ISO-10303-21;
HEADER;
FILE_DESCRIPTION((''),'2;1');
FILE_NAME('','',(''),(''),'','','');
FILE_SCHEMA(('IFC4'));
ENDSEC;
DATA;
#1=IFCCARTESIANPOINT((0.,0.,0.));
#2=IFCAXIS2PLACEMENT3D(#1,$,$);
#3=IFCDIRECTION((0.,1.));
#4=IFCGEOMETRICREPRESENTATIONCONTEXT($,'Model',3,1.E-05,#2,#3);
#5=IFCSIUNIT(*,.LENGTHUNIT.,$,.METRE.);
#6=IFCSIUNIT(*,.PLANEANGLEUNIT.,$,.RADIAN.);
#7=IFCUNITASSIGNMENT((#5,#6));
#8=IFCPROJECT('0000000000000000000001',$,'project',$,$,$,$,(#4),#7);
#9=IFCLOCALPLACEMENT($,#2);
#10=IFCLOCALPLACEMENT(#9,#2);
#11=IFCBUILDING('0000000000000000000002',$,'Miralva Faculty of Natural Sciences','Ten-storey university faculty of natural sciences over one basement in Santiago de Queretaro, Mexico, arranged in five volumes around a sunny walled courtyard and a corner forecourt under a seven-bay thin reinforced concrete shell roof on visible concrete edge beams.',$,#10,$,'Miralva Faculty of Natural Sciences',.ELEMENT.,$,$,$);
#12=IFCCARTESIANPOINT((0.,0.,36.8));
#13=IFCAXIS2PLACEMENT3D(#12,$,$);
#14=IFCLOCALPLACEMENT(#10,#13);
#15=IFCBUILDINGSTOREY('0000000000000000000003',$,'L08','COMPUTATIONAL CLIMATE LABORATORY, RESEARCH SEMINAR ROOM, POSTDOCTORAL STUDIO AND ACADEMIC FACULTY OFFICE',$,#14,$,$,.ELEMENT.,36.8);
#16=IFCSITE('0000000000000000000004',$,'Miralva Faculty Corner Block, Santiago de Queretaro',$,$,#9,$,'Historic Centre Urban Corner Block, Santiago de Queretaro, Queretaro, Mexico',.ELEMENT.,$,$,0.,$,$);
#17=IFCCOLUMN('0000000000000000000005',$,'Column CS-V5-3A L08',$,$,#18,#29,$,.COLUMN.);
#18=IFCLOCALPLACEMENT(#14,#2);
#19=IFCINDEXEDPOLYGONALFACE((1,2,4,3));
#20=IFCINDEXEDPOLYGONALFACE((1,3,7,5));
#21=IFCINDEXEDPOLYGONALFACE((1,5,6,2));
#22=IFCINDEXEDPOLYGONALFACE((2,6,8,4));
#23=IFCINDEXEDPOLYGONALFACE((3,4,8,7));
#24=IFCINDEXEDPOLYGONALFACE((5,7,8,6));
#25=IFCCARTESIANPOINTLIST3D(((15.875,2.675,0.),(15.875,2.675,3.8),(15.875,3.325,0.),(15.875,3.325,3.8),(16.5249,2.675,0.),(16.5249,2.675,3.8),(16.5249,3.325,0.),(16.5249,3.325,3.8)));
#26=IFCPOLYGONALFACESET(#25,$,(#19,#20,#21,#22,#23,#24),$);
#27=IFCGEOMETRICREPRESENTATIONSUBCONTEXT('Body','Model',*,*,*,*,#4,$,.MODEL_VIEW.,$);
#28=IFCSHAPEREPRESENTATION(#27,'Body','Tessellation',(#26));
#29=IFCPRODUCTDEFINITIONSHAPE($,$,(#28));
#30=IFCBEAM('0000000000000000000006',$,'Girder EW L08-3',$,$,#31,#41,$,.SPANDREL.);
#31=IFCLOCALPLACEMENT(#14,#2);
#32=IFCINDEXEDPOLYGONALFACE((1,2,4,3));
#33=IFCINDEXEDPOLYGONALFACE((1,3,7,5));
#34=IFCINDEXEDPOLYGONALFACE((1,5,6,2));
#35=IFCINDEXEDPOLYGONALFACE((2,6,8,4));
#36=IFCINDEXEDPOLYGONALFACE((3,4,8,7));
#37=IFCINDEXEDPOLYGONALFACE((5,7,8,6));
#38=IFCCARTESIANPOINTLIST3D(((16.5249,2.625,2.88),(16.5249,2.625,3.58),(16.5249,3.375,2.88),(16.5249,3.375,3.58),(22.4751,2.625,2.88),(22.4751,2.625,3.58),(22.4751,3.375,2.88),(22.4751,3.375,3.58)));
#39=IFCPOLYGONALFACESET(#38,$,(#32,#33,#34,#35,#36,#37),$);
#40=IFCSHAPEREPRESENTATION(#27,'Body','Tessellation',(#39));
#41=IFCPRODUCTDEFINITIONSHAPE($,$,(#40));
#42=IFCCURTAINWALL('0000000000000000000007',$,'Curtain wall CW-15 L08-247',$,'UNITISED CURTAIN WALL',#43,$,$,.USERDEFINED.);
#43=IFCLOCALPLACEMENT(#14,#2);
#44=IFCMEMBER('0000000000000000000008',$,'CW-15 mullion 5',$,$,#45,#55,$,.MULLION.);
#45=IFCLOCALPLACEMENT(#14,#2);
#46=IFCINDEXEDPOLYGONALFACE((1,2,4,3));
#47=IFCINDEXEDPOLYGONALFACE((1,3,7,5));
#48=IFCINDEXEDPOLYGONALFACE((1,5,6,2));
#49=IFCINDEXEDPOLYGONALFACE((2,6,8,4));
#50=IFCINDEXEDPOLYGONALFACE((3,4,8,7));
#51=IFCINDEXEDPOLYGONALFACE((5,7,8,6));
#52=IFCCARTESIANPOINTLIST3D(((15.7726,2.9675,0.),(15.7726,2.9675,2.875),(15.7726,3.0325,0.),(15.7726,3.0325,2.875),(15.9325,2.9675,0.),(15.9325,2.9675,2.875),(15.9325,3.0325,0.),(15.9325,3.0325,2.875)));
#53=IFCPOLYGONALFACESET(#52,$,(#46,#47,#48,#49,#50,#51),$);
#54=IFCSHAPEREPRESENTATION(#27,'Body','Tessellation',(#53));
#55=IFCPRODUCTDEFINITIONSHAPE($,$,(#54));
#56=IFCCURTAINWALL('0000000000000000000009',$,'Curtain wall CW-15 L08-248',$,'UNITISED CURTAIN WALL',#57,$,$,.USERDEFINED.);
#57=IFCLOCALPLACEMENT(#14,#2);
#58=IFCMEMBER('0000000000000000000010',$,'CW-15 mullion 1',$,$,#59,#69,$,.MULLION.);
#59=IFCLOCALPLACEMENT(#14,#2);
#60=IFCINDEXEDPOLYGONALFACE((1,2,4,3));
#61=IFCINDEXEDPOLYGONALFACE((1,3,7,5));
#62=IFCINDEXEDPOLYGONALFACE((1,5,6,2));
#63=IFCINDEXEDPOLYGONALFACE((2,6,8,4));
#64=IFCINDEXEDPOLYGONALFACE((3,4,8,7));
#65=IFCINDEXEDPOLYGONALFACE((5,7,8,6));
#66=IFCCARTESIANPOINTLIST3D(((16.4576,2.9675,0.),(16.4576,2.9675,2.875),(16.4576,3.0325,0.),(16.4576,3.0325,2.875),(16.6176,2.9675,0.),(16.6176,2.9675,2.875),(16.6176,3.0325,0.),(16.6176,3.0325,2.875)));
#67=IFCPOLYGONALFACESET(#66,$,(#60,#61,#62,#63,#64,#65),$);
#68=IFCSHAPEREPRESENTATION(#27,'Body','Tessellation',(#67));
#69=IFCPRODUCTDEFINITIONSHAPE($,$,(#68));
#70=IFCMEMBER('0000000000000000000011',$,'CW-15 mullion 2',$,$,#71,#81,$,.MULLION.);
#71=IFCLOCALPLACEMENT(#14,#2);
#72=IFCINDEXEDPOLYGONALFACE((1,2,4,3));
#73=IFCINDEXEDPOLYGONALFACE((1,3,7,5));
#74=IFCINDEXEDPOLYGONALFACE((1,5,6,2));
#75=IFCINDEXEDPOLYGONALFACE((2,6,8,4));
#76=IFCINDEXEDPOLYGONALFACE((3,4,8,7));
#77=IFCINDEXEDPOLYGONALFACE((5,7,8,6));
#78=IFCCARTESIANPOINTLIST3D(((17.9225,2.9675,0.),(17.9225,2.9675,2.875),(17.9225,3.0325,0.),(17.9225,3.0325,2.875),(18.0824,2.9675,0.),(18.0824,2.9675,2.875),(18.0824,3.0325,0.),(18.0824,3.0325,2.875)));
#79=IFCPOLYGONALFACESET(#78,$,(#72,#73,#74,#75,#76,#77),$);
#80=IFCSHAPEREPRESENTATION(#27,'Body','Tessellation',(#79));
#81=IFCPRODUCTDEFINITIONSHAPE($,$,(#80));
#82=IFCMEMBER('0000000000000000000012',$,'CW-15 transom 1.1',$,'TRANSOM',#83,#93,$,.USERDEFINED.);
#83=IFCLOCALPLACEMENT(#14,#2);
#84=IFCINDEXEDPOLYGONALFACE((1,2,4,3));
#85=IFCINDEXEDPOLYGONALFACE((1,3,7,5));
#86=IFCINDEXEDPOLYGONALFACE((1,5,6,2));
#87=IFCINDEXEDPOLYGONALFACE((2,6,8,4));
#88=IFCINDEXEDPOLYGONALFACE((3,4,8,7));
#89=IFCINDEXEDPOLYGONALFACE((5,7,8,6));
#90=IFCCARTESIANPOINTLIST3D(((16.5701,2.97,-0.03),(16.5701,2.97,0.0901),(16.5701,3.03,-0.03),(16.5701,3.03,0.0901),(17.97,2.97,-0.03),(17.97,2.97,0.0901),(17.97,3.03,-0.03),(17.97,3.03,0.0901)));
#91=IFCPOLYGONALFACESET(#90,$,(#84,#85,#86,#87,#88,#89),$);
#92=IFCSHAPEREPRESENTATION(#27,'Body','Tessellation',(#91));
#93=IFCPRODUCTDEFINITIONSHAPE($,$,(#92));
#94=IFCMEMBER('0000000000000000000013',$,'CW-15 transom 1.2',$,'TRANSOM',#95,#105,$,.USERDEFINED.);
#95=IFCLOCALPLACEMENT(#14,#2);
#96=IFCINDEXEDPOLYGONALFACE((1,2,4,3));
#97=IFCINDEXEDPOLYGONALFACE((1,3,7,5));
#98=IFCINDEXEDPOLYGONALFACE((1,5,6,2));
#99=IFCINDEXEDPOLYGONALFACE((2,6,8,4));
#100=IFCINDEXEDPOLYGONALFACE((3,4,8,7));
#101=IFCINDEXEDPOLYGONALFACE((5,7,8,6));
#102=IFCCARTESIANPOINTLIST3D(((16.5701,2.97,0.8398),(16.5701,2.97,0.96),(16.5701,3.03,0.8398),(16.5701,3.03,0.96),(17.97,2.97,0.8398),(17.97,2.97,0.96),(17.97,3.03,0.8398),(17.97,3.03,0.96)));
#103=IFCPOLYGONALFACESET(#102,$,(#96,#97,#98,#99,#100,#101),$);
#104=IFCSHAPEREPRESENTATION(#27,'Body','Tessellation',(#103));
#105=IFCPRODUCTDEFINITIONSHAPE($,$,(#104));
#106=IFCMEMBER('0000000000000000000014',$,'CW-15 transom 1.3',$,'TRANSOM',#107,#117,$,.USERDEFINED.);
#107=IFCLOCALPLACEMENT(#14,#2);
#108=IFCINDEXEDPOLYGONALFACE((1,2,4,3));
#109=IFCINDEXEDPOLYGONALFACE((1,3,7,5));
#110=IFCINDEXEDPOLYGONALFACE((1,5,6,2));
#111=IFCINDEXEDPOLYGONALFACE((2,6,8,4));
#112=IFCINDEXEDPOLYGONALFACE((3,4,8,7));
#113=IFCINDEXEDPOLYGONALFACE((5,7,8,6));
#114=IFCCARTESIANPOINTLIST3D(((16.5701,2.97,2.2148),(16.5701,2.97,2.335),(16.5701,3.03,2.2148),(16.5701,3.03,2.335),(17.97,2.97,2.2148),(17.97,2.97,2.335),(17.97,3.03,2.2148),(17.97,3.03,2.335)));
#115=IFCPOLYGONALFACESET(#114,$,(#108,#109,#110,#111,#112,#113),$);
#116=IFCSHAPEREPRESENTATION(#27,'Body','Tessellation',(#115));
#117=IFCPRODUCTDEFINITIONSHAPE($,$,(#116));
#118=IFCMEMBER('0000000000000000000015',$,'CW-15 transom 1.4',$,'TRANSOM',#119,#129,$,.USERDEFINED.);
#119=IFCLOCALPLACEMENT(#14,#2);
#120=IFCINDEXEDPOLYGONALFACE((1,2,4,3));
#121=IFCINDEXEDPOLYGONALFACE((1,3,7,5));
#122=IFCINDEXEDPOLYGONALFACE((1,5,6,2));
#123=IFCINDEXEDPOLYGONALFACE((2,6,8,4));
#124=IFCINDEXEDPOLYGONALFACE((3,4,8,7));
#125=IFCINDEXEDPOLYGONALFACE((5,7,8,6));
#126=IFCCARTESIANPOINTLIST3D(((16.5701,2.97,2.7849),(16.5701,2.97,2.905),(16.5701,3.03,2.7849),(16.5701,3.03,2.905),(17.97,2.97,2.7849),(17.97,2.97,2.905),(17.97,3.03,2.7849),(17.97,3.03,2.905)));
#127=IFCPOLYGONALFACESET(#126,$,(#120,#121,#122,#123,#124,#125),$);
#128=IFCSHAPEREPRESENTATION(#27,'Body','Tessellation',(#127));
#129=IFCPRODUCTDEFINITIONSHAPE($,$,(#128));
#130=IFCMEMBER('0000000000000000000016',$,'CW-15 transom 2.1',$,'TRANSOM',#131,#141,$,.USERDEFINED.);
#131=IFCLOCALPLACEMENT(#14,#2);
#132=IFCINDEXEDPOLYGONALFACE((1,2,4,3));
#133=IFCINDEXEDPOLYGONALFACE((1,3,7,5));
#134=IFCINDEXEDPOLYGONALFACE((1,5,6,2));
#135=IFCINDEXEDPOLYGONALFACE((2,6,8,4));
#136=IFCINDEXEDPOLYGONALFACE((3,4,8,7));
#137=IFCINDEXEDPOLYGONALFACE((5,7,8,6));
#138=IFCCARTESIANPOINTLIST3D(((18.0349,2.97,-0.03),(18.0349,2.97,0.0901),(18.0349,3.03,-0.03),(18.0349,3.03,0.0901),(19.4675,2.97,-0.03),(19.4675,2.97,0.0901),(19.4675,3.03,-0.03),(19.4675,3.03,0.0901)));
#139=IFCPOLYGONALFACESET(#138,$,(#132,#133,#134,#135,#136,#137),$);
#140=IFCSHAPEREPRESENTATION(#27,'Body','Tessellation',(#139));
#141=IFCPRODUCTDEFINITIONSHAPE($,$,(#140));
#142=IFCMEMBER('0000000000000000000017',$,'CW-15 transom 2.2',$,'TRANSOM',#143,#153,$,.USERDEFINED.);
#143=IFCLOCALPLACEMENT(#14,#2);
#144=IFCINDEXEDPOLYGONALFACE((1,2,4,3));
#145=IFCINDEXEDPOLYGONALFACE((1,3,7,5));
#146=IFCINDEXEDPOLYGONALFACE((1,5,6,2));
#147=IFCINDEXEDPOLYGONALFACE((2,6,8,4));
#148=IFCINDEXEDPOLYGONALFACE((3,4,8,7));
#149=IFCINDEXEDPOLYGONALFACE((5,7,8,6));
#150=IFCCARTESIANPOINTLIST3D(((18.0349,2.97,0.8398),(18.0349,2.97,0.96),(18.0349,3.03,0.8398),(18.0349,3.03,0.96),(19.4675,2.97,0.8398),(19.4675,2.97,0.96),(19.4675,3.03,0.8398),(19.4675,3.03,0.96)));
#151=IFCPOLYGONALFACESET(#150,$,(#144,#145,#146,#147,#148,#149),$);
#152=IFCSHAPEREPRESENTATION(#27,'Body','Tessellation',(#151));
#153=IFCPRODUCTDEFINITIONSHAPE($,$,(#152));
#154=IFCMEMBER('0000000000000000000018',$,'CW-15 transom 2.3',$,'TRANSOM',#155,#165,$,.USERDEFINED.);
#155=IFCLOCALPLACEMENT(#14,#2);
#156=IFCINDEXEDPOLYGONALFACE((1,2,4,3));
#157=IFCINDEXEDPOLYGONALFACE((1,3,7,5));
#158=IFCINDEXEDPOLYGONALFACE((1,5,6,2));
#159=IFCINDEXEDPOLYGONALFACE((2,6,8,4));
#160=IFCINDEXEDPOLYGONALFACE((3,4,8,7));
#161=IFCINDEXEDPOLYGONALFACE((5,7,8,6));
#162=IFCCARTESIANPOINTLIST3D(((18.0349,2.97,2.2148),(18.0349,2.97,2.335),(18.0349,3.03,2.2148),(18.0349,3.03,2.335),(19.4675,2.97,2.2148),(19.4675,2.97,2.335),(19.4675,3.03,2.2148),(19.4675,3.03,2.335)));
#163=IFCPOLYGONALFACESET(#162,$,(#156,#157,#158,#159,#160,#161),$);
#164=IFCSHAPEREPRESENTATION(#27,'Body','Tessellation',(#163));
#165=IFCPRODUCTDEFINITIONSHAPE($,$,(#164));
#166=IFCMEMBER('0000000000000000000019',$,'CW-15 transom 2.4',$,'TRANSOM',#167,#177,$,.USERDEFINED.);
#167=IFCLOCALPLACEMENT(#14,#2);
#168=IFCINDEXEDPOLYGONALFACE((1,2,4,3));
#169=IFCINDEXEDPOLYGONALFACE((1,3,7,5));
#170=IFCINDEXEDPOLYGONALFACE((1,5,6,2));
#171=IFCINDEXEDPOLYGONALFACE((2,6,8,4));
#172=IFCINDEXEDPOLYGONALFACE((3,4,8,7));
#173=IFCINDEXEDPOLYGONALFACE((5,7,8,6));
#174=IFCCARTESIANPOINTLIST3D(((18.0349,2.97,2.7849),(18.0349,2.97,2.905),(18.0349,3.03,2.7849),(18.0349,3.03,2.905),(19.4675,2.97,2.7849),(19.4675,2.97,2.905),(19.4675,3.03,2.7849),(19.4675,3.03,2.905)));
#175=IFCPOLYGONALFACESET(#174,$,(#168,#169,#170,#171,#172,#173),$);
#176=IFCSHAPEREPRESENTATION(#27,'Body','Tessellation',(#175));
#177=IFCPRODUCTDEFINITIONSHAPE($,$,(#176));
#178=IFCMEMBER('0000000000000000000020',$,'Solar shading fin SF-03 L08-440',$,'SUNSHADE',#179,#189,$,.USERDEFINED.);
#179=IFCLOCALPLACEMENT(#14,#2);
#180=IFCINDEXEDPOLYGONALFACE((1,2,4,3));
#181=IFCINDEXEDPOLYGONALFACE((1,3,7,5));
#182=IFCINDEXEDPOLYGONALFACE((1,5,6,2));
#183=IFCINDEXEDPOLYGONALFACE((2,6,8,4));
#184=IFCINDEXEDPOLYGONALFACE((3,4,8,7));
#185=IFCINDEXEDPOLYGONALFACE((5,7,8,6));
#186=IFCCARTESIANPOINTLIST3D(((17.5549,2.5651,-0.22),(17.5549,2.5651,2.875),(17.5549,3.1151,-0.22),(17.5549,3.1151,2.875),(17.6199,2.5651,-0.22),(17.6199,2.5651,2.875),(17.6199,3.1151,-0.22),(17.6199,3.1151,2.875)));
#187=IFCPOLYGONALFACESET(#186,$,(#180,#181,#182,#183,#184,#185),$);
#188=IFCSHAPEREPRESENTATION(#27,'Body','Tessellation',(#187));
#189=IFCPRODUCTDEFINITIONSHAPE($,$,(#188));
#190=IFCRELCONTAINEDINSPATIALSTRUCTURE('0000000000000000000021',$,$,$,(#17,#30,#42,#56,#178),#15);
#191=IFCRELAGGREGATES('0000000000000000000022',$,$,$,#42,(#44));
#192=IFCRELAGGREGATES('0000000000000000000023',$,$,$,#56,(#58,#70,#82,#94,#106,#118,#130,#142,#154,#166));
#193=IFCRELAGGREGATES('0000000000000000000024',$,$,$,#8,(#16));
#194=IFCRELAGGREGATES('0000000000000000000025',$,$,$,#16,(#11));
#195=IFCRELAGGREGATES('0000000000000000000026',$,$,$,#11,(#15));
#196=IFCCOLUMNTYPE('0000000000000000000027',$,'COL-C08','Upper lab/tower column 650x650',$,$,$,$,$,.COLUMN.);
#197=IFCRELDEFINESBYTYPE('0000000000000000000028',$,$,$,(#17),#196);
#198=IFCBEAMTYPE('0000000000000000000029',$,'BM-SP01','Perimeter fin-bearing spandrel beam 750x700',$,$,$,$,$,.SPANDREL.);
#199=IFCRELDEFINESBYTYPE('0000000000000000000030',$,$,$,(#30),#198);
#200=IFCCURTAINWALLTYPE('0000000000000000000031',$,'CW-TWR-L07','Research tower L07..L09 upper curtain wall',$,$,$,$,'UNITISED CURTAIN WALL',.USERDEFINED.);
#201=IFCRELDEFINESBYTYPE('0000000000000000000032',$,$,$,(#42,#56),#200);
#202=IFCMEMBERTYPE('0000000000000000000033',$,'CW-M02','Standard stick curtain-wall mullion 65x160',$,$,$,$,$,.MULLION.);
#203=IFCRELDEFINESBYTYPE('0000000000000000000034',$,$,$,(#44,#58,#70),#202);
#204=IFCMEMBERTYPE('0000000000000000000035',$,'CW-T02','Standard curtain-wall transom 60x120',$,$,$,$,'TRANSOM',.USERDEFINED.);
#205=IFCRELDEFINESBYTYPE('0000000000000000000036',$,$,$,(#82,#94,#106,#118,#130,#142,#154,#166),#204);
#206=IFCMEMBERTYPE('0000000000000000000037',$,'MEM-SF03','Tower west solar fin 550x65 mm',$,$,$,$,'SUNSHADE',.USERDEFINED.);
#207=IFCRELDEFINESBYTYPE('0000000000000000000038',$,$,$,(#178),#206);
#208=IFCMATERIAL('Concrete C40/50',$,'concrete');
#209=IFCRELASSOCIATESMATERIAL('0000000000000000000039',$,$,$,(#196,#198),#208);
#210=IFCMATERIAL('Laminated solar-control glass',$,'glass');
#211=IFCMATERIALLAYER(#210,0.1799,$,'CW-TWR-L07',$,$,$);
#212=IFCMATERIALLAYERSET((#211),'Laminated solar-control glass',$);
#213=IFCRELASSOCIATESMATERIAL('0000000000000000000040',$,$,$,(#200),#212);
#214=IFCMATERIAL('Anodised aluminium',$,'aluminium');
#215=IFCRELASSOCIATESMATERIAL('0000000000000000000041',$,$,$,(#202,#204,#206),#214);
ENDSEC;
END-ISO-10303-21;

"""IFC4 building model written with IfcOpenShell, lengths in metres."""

from ifc_helpers import new_model, si_unit, direction, frame, origin, origin_2d, place, context, subcontext, project, spatial, rectangle, extrude, material, layer, layer_set, material_profile, profile_set, type_object, element, aggregate, save


model = new_model("IFC4")

# Units and contexts
model_context = context("Model", 3, precision=1e-05, world=origin(), true_north=direction((0.0, 1.0)))
body_context = subcontext(model_context, "Body", "Model", "MODEL_VIEW")
ifc_project = project(units=[si_unit("LENGTHUNIT", "METRE"), si_unit("PLANEANGLEUNIT", "RADIAN")], contexts=[model_context])

# Site, building, storey
site_placement = place(None, origin())
site = spatial("IfcSite", under=ifc_project, at=site_placement, Name="Miralva Faculty Corner Block, Santiago de Queretaro", LongName="Historic Centre Urban Corner Block, Santiago de Queretaro, Queretaro, Mexico", CompositionType="ELEMENT", RefElevation=0.0)
building_placement = place(site_placement, origin())
building = spatial("IfcBuilding", under=site, at=building_placement, Name="Miralva Faculty of Natural Sciences", Description="Ten-storey university faculty of natural sciences over one basement in Santiago de Queretaro, Mexico, arranged in five volumes around a sunny walled courtyard and a corner forecourt under a seven-bay thin reinforced concrete shell roof on visible concrete edge beams.", LongName="Miralva Faculty of Natural Sciences", CompositionType="ELEMENT")
storey_placement = place(building_placement, frame((0.0, 0.0, 36.8)))
storey = spatial("IfcBuildingStorey", under=building, at=storey_placement, Name="L08", Description="COMPUTATIONAL CLIMATE LABORATORY, RESEARCH SEMINAR ROOM, POSTDOCTORAL STUDIO AND ACADEMIC FACULTY OFFICE", CompositionType="ELEMENT", Elevation=36.8)

# Column
ifc_material_1 = material(Name="Concrete C40/50", Category="concrete")
ifc_material_profile_1 = material_profile(ifc_material_1, rectangle(XDim=0.6499, YDim=0.6499, at=origin_2d()), Name="RC 650x650")
ifc_profile_set_1 = profile_set([ifc_material_profile_1], Name="Concrete C40/50")
column_type = type_object("IfcColumnType", Name="COL-C08", Description="Upper lab/tower column 650x650", PredefinedType="COLUMN", material=ifc_profile_set_1)
column_placement = place(storey_placement, frame((16.2, 3.0, 0.0), z_axis=(0.0, 0.0, 1.0), x_axis=(1.0, 0.0, 0.0)))
element("IfcColumn", 1, at=column_placement, inside=storey, type_object=column_type, Name="Column CS-V5-3A L08", PredefinedType="COLUMN", context=body_context, shape_type="SweptSolid", body=[
    extrude(rectangle(XDim=0.6499, YDim=0.6499, at=origin_2d()), origin(), (0.0, 0.0, 1.0), 3.8),
])

# Beam
ifc_material_profile_2 = material_profile(ifc_material_1, rectangle(XDim=0.75, YDim=0.7, at=origin_2d()), Name="RC 750x700")
ifc_profile_set_2 = profile_set([ifc_material_profile_2], Name="Concrete C40/50")
beam_type = type_object("IfcBeamType", Name="BM-SP01", Description="Perimeter fin-bearing spandrel beam 750x700", PredefinedType="SPANDREL", material=ifc_profile_set_2)
beam_placement = place(storey_placement, frame((16.5249, 3.0, 3.23), z_axis=(1.0, 0.0, 0.0), x_axis=(0.0, 1.0, 0.0)))
element("IfcBeam", 2, at=beam_placement, inside=storey, type_object=beam_type, Name="Girder EW L08-3", PredefinedType="SPANDREL", context=body_context, shape_type="SweptSolid", body=[
    extrude(rectangle(XDim=0.75, YDim=0.7, at=origin_2d()), origin(), (0.0, 0.0, 1.0), 5.9502),
])

# Curtain wall, member
ifc_material_2 = material(Name="Laminated solar-control glass", Category="glass")
ifc_layer_1 = layer(ifc_material_2, 0.1799, Name="CW-TWR-L07")
ifc_layer_set_1 = layer_set([ifc_layer_1], Name="Laminated solar-control glass")
curtain_wall_type = type_object("IfcCurtainWallType", Name="CW-TWR-L07", Description="Research tower L07..L09 upper curtain wall", ElementType="UNITISED CURTAIN WALL", PredefinedType="USERDEFINED", material=ifc_layer_set_1)
curtain_wall_1_placement = place(storey_placement, origin())
curtain_wall_1 = element("IfcCurtainWall", 3, at=curtain_wall_1_placement, inside=storey, type_object=curtain_wall_type, Name="Curtain wall CW-15 L08-247", ObjectType="UNITISED CURTAIN WALL", PredefinedType="USERDEFINED")
ifc_material_3 = material(Name="Anodised aluminium", Category="aluminium")
ifc_material_profile_3 = material_profile(ifc_material_3, rectangle(XDim=0.0649, YDim=0.1599, at=origin_2d()), Name="MULLION 65x160")
ifc_profile_set_3 = profile_set([ifc_material_profile_3], Name="Anodised aluminium")
member_type_1 = type_object("IfcMemberType", Name="CW-M02", Description="Standard stick curtain-wall mullion 65x160", PredefinedType="MULLION", material=ifc_profile_set_3)
member_1_placement = place(storey_placement, frame((15.8525, 3.0, 0.0), z_axis=(0.0, 0.0, 1.0), x_axis=(0.0, 1.0, 0.0)))
member_1 = element("IfcMember", 4, at=member_1_placement, type_object=member_type_1, Name="CW-15 mullion 5", PredefinedType="MULLION", context=body_context, shape_type="SweptSolid", body=[
    extrude(rectangle(XDim=0.0649, YDim=0.1599, at=origin_2d()), origin(), (0.0, 0.0, 1.0), 2.875),
])

# Curtain wall, members
curtain_wall_2_placement = place(storey_placement, origin())
curtain_wall_2 = element("IfcCurtainWall", 5, at=curtain_wall_2_placement, inside=storey, type_object=curtain_wall_type, Name="Curtain wall CW-15 L08-248", ObjectType="UNITISED CURTAIN WALL", PredefinedType="USERDEFINED")
member_2_placement = place(storey_placement, frame((16.5376, 3.0, 0.0), z_axis=(0.0, 0.0, 1.0), x_axis=(0.0, 1.0, 0.0)))
member_2 = element("IfcMember", 6, at=member_2_placement, type_object=member_type_1, Name="CW-15 mullion 1", PredefinedType="MULLION", context=body_context, shape_type="SweptSolid", body=[
    extrude(rectangle(XDim=0.0649, YDim=0.1599, at=origin_2d()), origin(), (0.0, 0.0, 1.0), 2.875),
])
member_3_placement = place(storey_placement, frame((18.0024, 3.0, 0.0), z_axis=(0.0, 0.0, 1.0), x_axis=(0.0, 1.0, 0.0)))
member_3 = element("IfcMember", 7, at=member_3_placement, type_object=member_type_1, Name="CW-15 mullion 2", PredefinedType="MULLION", context=body_context, shape_type="SweptSolid", body=[
    extrude(rectangle(XDim=0.0649, YDim=0.1599, at=origin_2d()), origin(), (0.0, 0.0, 1.0), 2.875),
])
ifc_material_profile_4 = material_profile(ifc_material_3, rectangle(XDim=0.0601, YDim=0.1201, at=origin_2d()), Name="TRANSOM 60x120")
ifc_profile_set_4 = profile_set([ifc_material_profile_4], Name="Anodised aluminium")
member_type_2 = type_object("IfcMemberType", Name="CW-T02", Description="Standard curtain-wall transom 60x120", ElementType="TRANSOM", PredefinedType="USERDEFINED", material=ifc_profile_set_4)
member_4_placement = place(storey_placement, frame((16.5701, 3.0, 0.03), z_axis=(1.0, 0.0, 0.0), x_axis=(0.0, 1.0, 0.0)))
member_4 = element("IfcMember", 8, at=member_4_placement, type_object=member_type_2, Name="CW-15 transom 1.1", ObjectType="TRANSOM", PredefinedType="USERDEFINED", context=body_context, shape_type="SweptSolid", body=[
    extrude(rectangle(XDim=0.0601, YDim=0.1201, at=origin_2d()), origin(), (0.0, 0.0, 1.0), 1.3999),
])
member_5_placement = place(storey_placement, frame((16.5701, 3.0, 0.8999), z_axis=(1.0, 0.0, 0.0), x_axis=(0.0, 1.0, 0.0)))
member_5 = element("IfcMember", 9, at=member_5_placement, type_object=member_type_2, Name="CW-15 transom 1.2", ObjectType="TRANSOM", PredefinedType="USERDEFINED", context=body_context, shape_type="SweptSolid", body=[
    extrude(rectangle(XDim=0.0601, YDim=0.1201, at=origin_2d()), origin(), (0.0, 0.0, 1.0), 1.3999),
])
member_6_placement = place(storey_placement, frame((16.5701, 3.0, 2.2749), z_axis=(1.0, 0.0, 0.0), x_axis=(0.0, 1.0, 0.0)))
member_6 = element("IfcMember", 10, at=member_6_placement, type_object=member_type_2, Name="CW-15 transom 1.3", ObjectType="TRANSOM", PredefinedType="USERDEFINED", context=body_context, shape_type="SweptSolid", body=[
    extrude(rectangle(XDim=0.0601, YDim=0.1201, at=origin_2d()), origin(), (0.0, 0.0, 1.0), 1.3999),
])
member_7_placement = place(storey_placement, frame((16.5701, 3.0, 2.845), z_axis=(1.0, 0.0, 0.0), x_axis=(0.0, 1.0, 0.0)))
member_7 = element("IfcMember", 11, at=member_7_placement, type_object=member_type_2, Name="CW-15 transom 1.4", ObjectType="TRANSOM", PredefinedType="USERDEFINED", context=body_context, shape_type="SweptSolid", body=[
    extrude(rectangle(XDim=0.0601, YDim=0.1201, at=origin_2d()), origin(), (0.0, 0.0, 1.0), 1.3999),
])
member_8_placement = place(storey_placement, frame((18.0349, 3.0, 0.03), z_axis=(1.0, 0.0, 0.0), x_axis=(0.0, 1.0, 0.0)))
member_8 = element("IfcMember", 12, at=member_8_placement, type_object=member_type_2, Name="CW-15 transom 2.1", ObjectType="TRANSOM", PredefinedType="USERDEFINED", context=body_context, shape_type="SweptSolid", body=[
    extrude(rectangle(XDim=0.0601, YDim=0.1201, at=origin_2d()), origin(), (0.0, 0.0, 1.0), 1.4326),
])
member_9_placement = place(storey_placement, frame((18.0349, 3.0, 0.8999), z_axis=(1.0, 0.0, 0.0), x_axis=(0.0, 1.0, 0.0)))
member_9 = element("IfcMember", 13, at=member_9_placement, type_object=member_type_2, Name="CW-15 transom 2.2", ObjectType="TRANSOM", PredefinedType="USERDEFINED", context=body_context, shape_type="SweptSolid", body=[
    extrude(rectangle(XDim=0.0601, YDim=0.1201, at=origin_2d()), origin(), (0.0, 0.0, 1.0), 1.4326),
])
member_10_placement = place(storey_placement, frame((18.0349, 3.0, 2.2749), z_axis=(1.0, 0.0, 0.0), x_axis=(0.0, 1.0, 0.0)))
member_10 = element("IfcMember", 14, at=member_10_placement, type_object=member_type_2, Name="CW-15 transom 2.3", ObjectType="TRANSOM", PredefinedType="USERDEFINED", context=body_context, shape_type="SweptSolid", body=[
    extrude(rectangle(XDim=0.0601, YDim=0.1201, at=origin_2d()), origin(), (0.0, 0.0, 1.0), 1.4326),
])
member_11_placement = place(storey_placement, frame((18.0349, 3.0, 2.845), z_axis=(1.0, 0.0, 0.0), x_axis=(0.0, 1.0, 0.0)))
member_11 = element("IfcMember", 15, at=member_11_placement, type_object=member_type_2, Name="CW-15 transom 2.4", ObjectType="TRANSOM", PredefinedType="USERDEFINED", context=body_context, shape_type="SweptSolid", body=[
    extrude(rectangle(XDim=0.0601, YDim=0.1201, at=origin_2d()), origin(), (0.0, 0.0, 1.0), 1.4326),
])

# Member
ifc_material_profile_5 = material_profile(ifc_material_3, rectangle(XDim=0.0649, YDim=0.55, at=origin_2d()), Name="FIN 550x65")
ifc_profile_set_5 = profile_set([ifc_material_profile_5], Name="Anodised aluminium")
member_type_3 = type_object("IfcMemberType", Name="MEM-SF03", Description="Tower west solar fin 550x65 mm", ElementType="SUNSHADE", PredefinedType="USERDEFINED", material=ifc_profile_set_5)
for number, where, z_axis, x_axis, name in (
    (16, (17.5874, 2.8401, -0.22), (0.0, 0.0, 1.0), (1.0, 0.0, 0.0), "Solar shading fin SF-03 L08-440"),
):
    element("IfcMember", number, at=place(storey_placement, frame(where, z_axis=z_axis, x_axis=x_axis)), inside=storey, type_object=member_type_3, Name=name, ObjectType="SUNSHADE", PredefinedType="USERDEFINED", context=body_context, shape_type="SweptSolid", body=[
        extrude(rectangle(XDim=0.0649, YDim=0.55, at=origin_2d()), origin(), (0.0, 0.0, 1.0), 3.095),
    ])

aggregate(curtain_wall_1, [member_1])
aggregate(curtain_wall_2, [member_2, member_3, member_4, member_5, member_6, member_7, member_8, member_9, member_10, member_11])

save(model, "model.ifc")
